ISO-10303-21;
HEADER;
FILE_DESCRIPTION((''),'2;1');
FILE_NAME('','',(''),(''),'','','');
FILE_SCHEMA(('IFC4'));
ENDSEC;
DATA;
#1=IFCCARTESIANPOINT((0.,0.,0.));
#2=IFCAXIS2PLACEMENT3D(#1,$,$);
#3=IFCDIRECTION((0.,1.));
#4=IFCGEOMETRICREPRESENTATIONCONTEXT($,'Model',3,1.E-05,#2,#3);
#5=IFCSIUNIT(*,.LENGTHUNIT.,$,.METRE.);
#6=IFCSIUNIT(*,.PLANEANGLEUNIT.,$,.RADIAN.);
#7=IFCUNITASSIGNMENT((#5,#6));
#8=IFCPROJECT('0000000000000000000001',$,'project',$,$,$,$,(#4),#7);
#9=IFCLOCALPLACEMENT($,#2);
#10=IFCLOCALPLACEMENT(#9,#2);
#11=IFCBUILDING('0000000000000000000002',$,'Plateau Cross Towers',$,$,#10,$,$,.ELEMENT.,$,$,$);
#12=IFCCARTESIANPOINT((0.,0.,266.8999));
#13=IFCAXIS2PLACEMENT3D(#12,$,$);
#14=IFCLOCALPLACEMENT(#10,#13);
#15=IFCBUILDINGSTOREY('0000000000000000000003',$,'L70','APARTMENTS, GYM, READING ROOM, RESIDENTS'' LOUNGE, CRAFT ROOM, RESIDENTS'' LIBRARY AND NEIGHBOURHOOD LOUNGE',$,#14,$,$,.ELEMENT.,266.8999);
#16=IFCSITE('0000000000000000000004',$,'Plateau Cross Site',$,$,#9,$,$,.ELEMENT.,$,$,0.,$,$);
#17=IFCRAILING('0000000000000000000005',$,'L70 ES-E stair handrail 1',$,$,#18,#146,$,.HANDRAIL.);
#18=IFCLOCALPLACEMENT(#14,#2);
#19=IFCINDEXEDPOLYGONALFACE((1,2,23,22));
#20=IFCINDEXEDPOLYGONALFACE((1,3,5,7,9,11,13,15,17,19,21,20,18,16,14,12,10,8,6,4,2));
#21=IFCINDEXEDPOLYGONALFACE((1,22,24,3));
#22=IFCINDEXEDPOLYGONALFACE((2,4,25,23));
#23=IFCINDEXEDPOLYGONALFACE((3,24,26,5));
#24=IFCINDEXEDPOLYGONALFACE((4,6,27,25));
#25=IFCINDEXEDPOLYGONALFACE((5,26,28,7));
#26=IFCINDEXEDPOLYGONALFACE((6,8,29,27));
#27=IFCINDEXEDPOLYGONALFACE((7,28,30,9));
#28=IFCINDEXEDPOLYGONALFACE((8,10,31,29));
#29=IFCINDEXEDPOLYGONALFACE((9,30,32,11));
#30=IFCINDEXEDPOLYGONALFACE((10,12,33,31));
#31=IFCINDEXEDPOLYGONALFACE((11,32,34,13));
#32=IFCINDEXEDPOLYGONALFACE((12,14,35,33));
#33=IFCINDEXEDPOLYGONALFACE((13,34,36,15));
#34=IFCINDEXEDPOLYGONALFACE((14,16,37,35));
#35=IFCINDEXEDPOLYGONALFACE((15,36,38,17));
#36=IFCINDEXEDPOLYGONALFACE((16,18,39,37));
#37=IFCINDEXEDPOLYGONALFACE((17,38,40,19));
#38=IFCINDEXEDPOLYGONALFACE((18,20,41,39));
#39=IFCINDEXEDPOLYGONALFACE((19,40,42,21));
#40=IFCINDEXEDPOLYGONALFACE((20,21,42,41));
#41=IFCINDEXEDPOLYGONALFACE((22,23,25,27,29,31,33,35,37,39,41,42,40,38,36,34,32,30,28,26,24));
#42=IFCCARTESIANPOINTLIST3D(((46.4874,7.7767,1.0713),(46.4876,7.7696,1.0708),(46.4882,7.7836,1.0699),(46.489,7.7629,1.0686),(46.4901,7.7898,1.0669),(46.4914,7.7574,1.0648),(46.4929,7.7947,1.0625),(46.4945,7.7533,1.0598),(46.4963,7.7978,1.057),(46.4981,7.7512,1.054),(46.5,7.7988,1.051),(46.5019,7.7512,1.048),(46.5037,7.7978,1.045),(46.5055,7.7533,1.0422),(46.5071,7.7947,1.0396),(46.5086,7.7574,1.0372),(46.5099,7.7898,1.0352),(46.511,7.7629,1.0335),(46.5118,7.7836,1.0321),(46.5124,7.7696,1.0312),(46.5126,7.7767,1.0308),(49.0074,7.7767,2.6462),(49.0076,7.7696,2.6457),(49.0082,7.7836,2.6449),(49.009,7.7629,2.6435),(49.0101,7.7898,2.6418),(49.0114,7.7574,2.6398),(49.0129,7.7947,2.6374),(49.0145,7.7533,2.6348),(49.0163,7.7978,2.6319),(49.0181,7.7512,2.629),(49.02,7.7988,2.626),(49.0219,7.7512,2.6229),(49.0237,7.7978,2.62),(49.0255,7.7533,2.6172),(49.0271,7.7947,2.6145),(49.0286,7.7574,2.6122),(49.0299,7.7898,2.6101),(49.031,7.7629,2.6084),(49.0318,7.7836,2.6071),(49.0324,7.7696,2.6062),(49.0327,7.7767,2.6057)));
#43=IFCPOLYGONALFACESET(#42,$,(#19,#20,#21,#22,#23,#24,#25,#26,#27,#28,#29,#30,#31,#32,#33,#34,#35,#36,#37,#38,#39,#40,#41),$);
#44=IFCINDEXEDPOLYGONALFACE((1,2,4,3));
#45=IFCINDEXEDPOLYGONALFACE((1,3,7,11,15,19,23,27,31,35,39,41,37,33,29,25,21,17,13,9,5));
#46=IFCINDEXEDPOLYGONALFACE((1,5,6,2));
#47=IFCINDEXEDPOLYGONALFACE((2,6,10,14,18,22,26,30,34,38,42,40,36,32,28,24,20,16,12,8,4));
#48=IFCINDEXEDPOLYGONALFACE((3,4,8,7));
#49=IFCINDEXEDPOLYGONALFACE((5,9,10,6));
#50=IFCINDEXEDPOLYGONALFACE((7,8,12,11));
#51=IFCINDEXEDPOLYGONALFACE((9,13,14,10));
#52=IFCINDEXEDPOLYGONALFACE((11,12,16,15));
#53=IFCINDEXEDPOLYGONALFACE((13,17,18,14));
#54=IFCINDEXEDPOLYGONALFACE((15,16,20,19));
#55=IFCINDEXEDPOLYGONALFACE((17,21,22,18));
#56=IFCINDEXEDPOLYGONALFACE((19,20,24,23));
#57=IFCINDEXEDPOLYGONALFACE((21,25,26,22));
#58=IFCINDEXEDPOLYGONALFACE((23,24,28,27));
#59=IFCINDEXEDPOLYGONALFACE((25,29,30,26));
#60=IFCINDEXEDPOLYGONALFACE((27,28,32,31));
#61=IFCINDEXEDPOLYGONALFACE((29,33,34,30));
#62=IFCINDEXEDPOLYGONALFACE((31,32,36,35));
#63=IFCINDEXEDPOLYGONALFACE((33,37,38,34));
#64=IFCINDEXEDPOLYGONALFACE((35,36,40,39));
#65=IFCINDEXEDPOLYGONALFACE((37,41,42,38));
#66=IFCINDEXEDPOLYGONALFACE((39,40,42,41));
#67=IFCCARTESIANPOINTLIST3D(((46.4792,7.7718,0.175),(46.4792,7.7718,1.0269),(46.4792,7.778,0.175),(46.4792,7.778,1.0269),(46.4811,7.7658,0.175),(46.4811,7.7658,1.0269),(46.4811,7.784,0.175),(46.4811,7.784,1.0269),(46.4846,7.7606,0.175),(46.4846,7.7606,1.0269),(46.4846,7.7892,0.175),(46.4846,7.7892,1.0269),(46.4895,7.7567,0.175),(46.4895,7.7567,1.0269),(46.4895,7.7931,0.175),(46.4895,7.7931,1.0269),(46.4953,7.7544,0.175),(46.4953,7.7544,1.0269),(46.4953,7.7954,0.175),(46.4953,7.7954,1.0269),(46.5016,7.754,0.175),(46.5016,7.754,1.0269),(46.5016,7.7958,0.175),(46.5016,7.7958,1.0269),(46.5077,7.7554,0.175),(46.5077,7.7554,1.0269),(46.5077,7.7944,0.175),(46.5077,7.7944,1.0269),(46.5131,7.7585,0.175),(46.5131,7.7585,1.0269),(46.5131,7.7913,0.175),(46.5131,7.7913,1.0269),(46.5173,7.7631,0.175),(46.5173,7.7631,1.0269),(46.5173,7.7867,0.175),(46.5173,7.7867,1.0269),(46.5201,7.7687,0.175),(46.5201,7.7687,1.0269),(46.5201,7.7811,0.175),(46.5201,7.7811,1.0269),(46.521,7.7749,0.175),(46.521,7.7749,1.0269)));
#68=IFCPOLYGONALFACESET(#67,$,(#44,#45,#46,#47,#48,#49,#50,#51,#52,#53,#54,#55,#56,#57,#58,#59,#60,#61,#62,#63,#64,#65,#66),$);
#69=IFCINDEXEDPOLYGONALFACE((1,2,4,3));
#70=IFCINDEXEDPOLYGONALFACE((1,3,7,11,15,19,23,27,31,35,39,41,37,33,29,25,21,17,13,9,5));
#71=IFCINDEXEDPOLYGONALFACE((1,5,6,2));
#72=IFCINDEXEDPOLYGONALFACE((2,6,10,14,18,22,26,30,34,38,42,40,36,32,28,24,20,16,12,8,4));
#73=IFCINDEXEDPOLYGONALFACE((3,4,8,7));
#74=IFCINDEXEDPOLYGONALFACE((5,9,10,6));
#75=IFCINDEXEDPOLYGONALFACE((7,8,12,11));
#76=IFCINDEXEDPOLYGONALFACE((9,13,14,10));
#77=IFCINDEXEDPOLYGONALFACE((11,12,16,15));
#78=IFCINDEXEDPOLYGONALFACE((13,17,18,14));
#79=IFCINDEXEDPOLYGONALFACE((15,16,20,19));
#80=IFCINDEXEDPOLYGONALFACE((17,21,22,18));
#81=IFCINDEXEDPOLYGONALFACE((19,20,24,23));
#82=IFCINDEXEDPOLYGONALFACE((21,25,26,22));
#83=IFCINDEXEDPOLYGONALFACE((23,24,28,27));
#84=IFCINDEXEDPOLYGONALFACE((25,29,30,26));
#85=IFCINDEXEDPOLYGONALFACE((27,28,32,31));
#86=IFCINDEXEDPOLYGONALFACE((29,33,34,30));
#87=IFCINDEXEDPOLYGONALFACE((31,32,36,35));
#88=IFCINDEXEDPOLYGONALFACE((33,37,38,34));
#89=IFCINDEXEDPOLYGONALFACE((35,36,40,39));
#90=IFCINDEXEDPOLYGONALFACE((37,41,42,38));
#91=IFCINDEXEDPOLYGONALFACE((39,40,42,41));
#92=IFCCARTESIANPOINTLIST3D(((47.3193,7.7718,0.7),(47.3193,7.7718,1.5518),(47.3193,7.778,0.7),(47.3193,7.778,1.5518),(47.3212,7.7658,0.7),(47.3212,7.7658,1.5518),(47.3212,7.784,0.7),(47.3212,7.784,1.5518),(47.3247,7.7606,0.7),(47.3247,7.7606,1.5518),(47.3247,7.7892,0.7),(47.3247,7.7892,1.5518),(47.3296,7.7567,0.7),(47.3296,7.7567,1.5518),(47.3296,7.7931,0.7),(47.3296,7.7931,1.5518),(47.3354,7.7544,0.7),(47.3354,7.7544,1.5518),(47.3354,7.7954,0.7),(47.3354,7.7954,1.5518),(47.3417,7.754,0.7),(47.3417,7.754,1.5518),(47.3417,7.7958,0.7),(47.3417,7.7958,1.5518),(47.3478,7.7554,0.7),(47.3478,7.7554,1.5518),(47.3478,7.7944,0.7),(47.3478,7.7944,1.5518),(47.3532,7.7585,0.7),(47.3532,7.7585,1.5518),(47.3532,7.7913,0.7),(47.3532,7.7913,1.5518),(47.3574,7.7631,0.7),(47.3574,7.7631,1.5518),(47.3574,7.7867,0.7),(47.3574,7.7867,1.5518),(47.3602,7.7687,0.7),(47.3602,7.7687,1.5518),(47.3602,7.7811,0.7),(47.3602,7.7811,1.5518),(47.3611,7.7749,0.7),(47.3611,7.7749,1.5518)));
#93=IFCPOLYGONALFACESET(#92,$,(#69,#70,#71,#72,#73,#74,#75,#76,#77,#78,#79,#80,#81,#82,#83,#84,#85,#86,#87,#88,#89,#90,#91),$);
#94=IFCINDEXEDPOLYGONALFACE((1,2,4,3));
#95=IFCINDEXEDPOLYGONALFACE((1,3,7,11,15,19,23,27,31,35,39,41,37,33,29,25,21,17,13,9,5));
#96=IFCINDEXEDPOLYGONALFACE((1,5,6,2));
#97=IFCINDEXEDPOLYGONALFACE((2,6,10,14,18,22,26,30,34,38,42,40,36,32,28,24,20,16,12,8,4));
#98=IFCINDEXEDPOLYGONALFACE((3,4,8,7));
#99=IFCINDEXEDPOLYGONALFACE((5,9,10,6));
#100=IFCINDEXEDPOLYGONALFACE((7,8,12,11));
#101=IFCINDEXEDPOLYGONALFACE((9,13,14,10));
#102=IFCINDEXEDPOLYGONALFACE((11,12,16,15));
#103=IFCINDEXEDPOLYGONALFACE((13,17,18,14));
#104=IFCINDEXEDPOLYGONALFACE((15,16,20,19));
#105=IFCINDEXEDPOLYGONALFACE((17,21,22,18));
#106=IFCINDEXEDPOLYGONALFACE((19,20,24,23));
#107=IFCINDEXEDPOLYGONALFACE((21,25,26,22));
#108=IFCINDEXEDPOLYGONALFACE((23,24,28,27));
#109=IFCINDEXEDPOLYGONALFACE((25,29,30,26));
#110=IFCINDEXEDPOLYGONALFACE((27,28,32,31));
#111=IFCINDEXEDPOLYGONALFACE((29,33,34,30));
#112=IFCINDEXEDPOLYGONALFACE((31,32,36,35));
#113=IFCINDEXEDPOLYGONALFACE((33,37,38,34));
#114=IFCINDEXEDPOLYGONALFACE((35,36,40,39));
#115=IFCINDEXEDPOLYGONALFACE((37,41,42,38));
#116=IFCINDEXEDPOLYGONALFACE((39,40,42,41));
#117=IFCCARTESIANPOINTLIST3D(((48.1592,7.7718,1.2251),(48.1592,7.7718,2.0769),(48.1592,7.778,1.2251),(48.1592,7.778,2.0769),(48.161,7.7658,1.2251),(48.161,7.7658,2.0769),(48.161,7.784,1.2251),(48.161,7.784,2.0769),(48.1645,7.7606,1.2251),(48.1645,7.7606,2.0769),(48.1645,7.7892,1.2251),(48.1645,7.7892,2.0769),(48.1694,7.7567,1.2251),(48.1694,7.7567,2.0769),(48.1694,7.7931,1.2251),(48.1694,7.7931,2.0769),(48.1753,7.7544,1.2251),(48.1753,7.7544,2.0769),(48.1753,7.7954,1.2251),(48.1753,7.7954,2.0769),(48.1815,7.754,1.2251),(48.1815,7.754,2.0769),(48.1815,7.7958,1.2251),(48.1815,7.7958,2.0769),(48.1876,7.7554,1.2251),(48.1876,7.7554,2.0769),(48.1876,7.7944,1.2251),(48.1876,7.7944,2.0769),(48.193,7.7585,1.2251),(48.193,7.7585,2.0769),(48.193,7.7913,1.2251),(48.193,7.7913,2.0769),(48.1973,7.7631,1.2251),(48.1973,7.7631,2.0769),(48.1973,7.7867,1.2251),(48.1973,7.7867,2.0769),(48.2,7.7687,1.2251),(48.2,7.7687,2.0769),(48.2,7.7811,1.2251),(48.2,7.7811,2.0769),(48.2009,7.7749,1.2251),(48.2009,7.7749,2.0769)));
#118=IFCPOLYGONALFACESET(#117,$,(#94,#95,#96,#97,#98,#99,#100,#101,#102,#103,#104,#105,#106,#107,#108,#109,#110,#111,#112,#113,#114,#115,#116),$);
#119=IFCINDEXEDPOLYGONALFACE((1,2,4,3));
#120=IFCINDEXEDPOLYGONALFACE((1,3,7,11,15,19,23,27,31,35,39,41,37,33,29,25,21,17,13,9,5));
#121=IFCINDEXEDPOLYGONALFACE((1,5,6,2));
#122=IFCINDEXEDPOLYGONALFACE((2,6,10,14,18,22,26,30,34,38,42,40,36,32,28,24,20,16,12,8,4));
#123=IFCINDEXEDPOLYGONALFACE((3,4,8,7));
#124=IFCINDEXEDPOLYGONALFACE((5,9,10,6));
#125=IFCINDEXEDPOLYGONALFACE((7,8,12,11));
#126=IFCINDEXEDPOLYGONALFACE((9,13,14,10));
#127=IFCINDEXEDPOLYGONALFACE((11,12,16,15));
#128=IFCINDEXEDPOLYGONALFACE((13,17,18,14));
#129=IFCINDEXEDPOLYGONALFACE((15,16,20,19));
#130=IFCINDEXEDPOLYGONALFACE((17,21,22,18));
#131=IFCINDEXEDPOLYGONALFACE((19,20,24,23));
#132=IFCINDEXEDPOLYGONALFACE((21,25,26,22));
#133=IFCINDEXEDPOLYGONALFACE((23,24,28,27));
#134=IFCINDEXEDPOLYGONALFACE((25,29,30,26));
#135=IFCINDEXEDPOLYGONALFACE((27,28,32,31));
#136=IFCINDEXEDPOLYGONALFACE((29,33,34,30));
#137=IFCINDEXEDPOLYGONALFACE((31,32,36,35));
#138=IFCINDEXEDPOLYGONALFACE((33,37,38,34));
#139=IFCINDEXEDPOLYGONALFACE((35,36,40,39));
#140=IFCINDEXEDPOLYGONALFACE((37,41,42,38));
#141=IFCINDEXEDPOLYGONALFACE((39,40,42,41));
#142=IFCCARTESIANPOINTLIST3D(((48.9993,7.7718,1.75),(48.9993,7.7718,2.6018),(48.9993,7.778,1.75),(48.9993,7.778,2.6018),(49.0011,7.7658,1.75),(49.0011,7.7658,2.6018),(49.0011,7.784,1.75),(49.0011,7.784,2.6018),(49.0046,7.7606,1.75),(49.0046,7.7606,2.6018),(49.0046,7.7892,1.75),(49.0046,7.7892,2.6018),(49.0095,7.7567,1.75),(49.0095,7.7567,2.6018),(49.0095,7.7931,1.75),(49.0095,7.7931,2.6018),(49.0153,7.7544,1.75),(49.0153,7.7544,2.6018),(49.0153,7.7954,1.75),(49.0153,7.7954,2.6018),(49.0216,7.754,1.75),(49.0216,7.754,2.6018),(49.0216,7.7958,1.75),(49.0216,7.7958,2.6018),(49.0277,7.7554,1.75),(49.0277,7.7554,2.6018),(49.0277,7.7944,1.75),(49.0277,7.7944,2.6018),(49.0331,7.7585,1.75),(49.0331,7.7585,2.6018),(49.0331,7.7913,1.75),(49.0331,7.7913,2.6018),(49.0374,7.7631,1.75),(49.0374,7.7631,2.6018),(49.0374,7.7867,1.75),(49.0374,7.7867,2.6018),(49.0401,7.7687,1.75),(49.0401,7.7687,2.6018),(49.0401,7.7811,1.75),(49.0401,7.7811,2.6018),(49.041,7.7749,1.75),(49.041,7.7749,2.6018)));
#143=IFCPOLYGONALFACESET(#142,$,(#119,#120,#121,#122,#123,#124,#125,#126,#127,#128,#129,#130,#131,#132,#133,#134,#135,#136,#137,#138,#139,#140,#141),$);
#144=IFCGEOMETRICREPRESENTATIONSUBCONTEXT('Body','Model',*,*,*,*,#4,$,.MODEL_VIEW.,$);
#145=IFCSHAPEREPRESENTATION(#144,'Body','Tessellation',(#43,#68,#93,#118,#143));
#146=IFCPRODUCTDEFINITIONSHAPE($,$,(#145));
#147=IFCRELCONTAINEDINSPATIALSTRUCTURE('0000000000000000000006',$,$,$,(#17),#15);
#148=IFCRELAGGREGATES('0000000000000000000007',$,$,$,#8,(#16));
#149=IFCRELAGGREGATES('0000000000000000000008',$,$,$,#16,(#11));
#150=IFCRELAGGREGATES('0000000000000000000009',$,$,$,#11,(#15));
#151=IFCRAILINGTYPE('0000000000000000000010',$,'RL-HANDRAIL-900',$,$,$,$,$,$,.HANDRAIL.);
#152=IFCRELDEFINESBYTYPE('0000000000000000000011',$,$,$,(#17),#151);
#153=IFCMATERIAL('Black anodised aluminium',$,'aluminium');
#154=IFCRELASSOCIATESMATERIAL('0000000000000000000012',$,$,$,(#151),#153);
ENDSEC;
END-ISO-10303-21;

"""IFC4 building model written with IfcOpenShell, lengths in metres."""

from ifc_helpers import new_model, si_unit, direction, frame, origin, origin_2d, place, context, subcontext, project, spatial, circle, extrude, material, type_object, element, save


model = new_model("IFC4")

# Units and contexts
model_context = context("Model", 3, precision=1e-05, world=origin(), true_north=direction((0.0, 1.0)))
body_context = subcontext(model_context, "Body", "Model", "MODEL_VIEW")
ifc_project = project(units=[si_unit("LENGTHUNIT", "METRE"), si_unit("PLANEANGLEUNIT", "RADIAN")], contexts=[model_context])

# Site, building, storey
site_placement = place(None, origin())
site = spatial("IfcSite", under=ifc_project, at=site_placement, Name="Plateau Cross Site", CompositionType="ELEMENT", RefElevation=0.0)
building_placement = place(site_placement, origin())
building = spatial("IfcBuilding", under=site, at=building_placement, Name="Plateau Cross Towers", CompositionType="ELEMENT")
storey_placement = place(building_placement, frame((0.0, 0.0, 266.8999)))
storey = spatial("IfcBuildingStorey", under=building, at=storey_placement, Name="L70", Description="APARTMENTS, GYM, READING ROOM, RESIDENTS' LOUNGE, CRAFT ROOM, RESIDENTS' LIBRARY AND NEIGHBOURHOOD LOUNGE", CompositionType="ELEMENT", Elevation=266.8999)

# Shared definitions
ifc_material_1 = material(Name="Black anodised aluminium", Category="aluminium")

# Railing
railing_type_1 = type_object("IfcRailingType", Name="RL-HANDRAIL-900", PredefinedType="HANDRAIL", material=ifc_material_1)
railing_placement = place(storey_placement, frame((46.5, 7.7749, 0.175)))
element("IfcRailing", 1, at=railing_placement, inside=storey, type_object=railing_type_1, Name="L70 ES-E stair handrail 1", PredefinedType="HANDRAIL", context=body_context, shape_type="SweptSolid", body=[
    extrude(circle(Radius=0.0239, at=origin_2d()), frame((0.0, 0.0, 0.876), z_axis=(0.848008, 0.0, 0.529984), x_axis=(0.0, 1.0, 0.0)), (0.0, 0.0, 1.0), 2.9717),
    extrude(circle(Radius=0.021, at=origin_2d()), origin(), (0.0, 0.0, 1.0), 0.8518),
    extrude(circle(Radius=0.021, at=origin_2d()), frame((0.8401, 0.0, 0.5249)), (0.0, 0.0, 1.0), 0.8518),
    extrude(circle(Radius=0.021, at=origin_2d()), frame((1.6799, 0.0, 1.05)), (0.0, 0.0, 1.0), 0.8518),
    extrude(circle(Radius=0.021, at=origin_2d()), frame((2.52, 0.0, 1.575)), (0.0, 0.0, 1.0), 0.8518),
])

save(model, "model.ifc")
